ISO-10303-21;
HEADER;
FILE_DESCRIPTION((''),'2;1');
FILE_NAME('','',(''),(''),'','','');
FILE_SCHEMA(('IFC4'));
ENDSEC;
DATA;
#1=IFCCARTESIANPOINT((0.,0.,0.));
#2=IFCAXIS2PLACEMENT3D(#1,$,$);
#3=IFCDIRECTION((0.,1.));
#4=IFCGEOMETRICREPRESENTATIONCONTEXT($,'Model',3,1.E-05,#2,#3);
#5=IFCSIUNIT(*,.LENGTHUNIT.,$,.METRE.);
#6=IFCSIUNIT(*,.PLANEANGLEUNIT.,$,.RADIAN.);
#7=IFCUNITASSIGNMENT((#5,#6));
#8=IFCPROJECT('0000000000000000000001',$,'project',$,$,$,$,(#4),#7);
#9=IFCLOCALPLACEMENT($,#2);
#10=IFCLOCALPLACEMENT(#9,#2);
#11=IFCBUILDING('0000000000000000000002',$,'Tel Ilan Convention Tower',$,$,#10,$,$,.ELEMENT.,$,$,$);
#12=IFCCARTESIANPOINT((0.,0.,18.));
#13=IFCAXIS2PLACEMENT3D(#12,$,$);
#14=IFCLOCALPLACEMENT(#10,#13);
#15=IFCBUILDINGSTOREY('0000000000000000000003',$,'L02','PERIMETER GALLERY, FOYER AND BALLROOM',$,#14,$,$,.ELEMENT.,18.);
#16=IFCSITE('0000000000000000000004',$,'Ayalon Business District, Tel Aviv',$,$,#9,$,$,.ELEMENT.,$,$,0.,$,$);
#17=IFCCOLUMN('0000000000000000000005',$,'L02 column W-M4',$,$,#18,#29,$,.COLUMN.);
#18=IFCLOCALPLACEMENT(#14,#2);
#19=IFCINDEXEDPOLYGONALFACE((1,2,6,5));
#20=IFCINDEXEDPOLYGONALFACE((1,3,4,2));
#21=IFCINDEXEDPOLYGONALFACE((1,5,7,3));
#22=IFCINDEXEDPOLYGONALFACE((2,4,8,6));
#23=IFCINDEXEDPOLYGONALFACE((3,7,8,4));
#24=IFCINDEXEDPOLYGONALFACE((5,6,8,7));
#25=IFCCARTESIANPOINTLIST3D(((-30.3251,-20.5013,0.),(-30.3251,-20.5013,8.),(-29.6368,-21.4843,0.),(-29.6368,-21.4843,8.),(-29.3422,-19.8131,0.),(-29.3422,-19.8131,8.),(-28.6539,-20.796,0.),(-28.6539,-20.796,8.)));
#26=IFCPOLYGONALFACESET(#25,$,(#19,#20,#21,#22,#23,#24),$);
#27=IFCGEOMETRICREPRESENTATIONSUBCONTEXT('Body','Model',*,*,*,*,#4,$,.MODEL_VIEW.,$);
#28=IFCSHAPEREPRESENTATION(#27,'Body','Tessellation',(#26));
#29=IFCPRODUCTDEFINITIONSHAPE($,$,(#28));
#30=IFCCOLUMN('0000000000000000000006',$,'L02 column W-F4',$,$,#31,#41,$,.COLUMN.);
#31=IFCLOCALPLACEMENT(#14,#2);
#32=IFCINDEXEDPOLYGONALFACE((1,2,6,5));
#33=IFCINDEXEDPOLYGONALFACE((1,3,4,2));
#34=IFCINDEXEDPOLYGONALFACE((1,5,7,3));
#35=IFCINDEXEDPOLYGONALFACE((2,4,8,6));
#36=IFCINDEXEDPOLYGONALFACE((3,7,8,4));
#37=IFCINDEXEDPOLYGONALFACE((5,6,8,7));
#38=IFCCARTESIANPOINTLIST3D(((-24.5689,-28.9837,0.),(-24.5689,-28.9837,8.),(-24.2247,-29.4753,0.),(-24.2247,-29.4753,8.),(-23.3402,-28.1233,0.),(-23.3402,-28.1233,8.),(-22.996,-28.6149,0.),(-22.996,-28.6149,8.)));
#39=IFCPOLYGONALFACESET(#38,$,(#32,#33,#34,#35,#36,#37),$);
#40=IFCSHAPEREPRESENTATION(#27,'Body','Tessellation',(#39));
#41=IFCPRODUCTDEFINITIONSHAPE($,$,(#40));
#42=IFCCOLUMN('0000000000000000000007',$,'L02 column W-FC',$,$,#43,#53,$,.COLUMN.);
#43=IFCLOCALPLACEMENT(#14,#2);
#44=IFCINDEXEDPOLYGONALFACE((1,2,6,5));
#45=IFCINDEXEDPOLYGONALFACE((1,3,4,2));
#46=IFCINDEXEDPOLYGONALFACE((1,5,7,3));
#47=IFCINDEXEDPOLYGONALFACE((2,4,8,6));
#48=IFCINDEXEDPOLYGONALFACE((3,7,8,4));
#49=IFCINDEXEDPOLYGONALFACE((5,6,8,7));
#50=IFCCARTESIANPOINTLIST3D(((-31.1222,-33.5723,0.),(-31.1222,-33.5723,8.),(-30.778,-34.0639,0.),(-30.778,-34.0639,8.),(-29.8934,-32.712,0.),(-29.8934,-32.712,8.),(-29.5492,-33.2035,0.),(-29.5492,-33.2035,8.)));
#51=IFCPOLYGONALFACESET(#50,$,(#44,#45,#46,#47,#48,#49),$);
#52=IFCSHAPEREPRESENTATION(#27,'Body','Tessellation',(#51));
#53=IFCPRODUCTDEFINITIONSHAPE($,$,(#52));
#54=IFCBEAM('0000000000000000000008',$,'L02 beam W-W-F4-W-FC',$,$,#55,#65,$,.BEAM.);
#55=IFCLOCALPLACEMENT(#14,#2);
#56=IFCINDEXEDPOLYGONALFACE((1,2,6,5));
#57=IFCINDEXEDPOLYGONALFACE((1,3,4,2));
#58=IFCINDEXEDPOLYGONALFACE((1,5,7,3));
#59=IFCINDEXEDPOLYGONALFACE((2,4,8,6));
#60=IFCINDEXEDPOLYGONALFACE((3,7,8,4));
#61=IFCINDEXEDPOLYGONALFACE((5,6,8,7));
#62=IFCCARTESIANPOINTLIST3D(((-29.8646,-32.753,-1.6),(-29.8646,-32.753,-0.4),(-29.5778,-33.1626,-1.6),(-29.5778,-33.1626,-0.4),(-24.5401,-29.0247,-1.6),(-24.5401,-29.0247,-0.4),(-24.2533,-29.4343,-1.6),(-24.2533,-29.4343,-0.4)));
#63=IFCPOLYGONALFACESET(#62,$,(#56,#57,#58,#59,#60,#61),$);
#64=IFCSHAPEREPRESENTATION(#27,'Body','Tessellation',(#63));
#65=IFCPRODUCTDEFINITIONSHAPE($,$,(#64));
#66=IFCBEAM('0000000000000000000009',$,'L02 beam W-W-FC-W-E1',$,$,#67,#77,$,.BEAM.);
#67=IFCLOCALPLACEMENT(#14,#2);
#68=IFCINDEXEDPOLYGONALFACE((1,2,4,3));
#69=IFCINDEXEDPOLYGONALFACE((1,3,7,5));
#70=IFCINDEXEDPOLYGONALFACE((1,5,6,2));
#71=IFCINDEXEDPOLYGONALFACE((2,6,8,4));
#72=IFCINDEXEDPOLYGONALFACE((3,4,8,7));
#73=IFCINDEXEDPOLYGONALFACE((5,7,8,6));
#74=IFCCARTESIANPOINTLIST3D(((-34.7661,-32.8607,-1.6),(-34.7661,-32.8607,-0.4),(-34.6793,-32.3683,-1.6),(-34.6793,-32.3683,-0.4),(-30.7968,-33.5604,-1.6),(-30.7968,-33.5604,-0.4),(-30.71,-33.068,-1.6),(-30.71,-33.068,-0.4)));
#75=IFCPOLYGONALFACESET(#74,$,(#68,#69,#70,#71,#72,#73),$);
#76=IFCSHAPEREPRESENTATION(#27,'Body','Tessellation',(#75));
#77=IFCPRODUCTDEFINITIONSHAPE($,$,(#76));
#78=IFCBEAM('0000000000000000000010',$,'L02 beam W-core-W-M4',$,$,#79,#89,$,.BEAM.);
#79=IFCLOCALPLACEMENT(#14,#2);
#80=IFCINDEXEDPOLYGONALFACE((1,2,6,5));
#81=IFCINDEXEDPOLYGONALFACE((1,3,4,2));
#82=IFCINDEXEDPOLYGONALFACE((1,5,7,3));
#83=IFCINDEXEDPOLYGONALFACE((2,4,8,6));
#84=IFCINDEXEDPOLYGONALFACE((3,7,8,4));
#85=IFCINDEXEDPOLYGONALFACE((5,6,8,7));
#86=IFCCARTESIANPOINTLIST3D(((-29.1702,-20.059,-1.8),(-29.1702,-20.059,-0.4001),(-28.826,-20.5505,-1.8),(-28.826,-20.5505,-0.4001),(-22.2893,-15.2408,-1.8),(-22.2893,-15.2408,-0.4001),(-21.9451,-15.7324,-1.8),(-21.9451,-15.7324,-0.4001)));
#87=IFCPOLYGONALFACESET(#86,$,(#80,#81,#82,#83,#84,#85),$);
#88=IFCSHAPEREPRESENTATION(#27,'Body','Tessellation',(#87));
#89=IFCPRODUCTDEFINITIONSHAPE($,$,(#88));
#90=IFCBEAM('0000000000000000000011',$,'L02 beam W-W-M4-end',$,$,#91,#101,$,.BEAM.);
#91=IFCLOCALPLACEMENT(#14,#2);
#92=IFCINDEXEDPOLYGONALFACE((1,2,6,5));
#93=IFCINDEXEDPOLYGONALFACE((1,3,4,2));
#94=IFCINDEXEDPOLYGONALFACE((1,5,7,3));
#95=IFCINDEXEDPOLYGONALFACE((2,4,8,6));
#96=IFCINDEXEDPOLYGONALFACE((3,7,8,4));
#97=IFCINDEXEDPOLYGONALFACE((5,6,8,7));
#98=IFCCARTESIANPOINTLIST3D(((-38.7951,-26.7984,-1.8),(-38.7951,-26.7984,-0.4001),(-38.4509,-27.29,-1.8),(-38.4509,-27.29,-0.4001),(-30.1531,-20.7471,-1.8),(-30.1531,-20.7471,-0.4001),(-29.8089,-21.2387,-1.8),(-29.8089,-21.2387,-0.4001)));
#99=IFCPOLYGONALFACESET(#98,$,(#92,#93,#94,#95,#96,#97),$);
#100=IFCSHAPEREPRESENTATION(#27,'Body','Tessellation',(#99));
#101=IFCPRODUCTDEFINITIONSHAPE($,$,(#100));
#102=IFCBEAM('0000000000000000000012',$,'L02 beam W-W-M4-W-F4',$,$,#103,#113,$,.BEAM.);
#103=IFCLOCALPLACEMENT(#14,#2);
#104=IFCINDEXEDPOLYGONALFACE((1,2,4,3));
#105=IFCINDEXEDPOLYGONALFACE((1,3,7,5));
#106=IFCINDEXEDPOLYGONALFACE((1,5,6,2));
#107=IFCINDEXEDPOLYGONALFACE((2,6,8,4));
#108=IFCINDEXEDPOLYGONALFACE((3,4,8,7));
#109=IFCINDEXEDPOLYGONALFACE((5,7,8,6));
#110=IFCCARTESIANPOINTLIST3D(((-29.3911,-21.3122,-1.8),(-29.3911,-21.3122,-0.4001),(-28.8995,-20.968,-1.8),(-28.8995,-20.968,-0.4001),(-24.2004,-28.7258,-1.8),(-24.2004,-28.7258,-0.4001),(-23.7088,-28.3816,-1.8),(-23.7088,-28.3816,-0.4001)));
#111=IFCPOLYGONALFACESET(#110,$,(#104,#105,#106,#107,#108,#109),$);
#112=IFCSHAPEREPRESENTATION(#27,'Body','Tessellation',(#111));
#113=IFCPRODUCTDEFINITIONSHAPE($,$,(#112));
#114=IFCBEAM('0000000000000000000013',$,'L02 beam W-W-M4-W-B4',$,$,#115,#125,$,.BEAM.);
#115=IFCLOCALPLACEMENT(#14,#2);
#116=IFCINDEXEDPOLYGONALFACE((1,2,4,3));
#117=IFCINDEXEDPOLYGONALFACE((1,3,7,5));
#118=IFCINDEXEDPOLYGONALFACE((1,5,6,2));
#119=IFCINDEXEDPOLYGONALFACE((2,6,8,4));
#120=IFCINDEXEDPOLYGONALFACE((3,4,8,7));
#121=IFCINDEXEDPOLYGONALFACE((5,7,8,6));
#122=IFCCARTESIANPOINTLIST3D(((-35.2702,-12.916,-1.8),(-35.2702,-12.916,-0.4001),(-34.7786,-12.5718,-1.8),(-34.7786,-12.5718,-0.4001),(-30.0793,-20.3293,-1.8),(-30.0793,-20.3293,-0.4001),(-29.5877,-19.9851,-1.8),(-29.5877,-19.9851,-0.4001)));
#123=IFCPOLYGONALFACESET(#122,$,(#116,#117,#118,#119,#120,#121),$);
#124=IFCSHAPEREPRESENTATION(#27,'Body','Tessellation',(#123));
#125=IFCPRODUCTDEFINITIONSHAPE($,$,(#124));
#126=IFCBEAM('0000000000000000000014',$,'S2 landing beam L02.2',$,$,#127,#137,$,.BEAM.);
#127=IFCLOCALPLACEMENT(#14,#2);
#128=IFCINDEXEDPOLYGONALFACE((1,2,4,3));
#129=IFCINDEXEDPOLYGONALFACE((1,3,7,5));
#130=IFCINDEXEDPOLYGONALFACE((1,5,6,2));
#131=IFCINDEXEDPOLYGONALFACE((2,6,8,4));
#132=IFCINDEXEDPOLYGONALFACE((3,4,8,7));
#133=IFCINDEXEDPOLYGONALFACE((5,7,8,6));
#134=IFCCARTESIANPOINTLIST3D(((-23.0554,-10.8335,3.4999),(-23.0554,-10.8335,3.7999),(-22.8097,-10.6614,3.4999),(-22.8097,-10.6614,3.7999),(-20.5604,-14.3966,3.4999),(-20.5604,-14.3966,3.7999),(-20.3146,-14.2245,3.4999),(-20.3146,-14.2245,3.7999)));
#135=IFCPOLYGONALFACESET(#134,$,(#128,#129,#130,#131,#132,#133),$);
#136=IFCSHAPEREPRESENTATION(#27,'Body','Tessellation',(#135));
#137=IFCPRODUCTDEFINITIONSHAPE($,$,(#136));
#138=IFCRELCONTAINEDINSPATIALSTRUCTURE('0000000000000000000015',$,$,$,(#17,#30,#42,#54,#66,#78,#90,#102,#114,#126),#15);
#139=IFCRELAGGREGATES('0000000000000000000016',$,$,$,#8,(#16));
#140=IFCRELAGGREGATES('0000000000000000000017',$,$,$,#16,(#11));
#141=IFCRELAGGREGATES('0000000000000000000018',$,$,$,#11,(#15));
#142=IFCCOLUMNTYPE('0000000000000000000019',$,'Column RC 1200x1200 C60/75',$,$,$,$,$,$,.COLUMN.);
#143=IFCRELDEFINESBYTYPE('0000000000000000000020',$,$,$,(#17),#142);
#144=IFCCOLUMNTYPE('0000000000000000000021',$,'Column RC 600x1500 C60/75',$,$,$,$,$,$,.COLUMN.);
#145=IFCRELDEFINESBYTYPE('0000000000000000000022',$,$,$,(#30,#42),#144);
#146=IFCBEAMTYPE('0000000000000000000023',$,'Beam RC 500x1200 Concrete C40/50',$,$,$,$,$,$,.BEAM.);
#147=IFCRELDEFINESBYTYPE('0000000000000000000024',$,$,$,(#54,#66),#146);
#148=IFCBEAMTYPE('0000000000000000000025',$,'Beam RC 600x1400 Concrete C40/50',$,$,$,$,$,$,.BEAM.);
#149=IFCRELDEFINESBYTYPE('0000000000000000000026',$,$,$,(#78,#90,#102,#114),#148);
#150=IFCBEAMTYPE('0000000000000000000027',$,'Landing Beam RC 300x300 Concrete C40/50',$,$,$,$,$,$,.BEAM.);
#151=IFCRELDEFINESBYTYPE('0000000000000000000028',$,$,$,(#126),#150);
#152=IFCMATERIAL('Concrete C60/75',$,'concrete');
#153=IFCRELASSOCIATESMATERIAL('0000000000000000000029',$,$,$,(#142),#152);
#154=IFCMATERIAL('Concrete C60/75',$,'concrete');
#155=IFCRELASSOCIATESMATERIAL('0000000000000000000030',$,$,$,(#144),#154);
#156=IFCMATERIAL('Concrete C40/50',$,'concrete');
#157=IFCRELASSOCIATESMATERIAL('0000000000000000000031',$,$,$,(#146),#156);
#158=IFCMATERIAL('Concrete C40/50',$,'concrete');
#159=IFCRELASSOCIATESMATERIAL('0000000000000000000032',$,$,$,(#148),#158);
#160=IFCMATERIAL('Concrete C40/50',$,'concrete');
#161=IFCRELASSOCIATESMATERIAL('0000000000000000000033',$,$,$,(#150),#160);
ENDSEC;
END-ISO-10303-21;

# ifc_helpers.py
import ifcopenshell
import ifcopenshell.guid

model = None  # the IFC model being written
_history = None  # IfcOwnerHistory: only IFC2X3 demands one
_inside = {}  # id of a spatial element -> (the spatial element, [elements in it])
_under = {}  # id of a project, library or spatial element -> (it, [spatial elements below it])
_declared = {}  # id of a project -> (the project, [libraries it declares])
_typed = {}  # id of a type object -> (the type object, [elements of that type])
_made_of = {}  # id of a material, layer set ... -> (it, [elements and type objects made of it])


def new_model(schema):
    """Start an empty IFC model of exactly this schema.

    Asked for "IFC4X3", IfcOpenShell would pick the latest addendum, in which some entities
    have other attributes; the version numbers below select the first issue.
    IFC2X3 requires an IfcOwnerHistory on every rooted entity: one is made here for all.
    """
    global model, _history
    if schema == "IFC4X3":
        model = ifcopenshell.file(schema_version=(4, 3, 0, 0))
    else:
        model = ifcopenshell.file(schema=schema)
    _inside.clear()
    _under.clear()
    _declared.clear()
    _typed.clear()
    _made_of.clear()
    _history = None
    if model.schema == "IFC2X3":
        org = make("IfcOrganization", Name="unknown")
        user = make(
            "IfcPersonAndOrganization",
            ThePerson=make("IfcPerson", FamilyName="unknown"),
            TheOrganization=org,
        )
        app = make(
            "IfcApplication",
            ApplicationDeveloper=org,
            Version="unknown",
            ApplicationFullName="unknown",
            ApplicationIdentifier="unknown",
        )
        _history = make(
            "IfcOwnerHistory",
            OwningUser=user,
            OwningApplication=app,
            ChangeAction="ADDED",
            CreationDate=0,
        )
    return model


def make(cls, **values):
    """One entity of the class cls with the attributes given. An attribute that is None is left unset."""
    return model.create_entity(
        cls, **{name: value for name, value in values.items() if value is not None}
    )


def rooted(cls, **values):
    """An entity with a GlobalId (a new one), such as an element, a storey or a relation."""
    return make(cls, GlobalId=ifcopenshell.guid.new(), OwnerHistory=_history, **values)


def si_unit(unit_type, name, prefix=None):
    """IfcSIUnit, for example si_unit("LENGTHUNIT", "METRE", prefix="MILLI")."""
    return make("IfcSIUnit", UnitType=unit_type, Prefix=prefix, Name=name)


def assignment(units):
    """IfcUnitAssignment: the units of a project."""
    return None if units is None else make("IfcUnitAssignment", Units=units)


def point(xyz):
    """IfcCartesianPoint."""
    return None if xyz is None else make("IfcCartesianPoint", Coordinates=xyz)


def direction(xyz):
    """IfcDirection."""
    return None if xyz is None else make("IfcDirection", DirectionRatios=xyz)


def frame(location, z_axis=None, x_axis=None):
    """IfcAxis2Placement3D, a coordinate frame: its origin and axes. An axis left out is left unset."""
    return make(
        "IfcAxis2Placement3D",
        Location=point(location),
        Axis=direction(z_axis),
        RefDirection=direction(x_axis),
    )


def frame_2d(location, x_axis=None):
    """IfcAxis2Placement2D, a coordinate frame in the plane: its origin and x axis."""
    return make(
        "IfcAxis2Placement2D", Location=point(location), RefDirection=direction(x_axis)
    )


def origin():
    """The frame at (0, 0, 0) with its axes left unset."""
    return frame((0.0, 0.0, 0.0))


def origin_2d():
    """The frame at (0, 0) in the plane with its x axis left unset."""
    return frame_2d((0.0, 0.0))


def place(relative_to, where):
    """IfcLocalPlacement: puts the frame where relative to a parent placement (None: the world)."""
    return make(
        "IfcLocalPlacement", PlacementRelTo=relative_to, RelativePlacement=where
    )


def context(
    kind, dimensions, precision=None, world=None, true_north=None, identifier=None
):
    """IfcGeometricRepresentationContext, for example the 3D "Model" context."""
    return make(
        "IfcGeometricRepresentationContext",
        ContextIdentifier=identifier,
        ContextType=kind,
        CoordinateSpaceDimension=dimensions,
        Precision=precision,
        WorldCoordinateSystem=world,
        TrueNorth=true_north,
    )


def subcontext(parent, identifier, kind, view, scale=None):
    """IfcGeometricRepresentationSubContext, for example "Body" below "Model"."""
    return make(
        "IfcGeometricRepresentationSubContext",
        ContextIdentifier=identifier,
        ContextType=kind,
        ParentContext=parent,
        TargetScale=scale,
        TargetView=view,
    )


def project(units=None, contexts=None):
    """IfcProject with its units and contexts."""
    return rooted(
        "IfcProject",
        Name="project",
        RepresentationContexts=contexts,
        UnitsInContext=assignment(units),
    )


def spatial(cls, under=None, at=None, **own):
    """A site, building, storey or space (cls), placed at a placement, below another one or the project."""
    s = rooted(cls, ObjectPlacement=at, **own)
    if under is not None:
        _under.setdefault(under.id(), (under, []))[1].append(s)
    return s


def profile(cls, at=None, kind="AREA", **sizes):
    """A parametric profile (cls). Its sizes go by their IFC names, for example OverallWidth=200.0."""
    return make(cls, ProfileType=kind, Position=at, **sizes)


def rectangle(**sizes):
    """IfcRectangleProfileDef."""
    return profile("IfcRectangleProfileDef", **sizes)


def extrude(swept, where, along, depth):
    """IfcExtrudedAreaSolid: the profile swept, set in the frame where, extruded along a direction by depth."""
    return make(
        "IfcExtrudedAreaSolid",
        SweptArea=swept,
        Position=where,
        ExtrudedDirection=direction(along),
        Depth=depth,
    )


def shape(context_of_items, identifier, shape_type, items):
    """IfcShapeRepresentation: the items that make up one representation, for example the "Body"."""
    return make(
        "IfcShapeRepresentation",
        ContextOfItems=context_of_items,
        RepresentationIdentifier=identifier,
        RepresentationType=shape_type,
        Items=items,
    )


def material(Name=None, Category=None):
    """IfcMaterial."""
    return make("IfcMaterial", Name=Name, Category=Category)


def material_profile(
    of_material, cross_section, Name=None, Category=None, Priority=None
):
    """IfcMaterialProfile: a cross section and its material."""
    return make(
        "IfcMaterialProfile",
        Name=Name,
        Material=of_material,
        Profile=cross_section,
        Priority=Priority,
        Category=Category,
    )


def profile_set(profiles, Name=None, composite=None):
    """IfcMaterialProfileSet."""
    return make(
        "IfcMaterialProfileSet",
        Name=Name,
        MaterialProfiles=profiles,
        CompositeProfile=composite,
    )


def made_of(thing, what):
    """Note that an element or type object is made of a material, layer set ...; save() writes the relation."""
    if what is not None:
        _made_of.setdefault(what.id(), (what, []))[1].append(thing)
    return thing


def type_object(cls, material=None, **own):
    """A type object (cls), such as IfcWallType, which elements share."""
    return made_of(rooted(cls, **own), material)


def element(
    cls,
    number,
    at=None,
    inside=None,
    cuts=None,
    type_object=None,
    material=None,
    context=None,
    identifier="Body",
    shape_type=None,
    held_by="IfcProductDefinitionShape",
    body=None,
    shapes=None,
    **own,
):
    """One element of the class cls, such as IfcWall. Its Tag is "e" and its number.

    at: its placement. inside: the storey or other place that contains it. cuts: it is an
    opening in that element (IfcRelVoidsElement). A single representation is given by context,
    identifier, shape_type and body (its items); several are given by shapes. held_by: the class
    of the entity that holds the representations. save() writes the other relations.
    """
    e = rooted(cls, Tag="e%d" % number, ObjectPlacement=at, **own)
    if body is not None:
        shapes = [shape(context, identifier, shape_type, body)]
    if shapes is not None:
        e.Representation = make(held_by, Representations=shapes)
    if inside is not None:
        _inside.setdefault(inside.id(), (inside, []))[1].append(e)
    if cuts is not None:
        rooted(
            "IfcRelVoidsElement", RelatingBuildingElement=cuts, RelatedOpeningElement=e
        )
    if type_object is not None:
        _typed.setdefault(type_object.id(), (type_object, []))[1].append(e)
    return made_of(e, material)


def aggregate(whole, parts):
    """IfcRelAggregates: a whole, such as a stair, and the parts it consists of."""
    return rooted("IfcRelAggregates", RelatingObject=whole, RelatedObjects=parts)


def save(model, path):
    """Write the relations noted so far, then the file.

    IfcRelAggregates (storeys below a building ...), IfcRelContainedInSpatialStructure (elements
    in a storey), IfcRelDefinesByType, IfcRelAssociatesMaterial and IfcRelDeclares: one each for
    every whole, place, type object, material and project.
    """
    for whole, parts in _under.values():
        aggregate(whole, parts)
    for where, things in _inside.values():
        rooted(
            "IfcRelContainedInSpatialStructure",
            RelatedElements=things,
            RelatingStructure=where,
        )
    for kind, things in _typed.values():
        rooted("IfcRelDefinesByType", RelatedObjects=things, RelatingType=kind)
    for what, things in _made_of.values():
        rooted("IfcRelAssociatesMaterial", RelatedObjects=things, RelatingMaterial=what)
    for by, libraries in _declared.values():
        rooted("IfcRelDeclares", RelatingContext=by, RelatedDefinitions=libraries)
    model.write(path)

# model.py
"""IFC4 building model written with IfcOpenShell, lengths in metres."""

from ifc_helpers import new_model, si_unit, direction, frame, origin, origin_2d, place, context, subcontext, project, spatial, rectangle, extrude, material, material_profile, profile_set, type_object, element, save


model = new_model("IFC4")

# Units and contexts
model_context = context("Model", 3, precision=1e-05, world=origin(), true_north=direction((0.0, 1.0)))
body_context = subcontext(model_context, "Body", "Model", "MODEL_VIEW")
ifc_project = project(units=[si_unit("LENGTHUNIT", "METRE"), si_unit("PLANEANGLEUNIT", "RADIAN")], contexts=[model_context])

# Site, building, storey
site_placement = place(None, origin())
site = spatial("IfcSite", under=ifc_project, at=site_placement, Name="Ayalon Business District, Tel Aviv", CompositionType="ELEMENT", RefElevation=0.0)
building_placement = place(site_placement, origin())
building = spatial("IfcBuilding", under=site, at=building_placement, Name="Tel Ilan Convention Tower", CompositionType="ELEMENT")
storey_placement = place(building_placement, frame((0.0, 0.0, 18.0)))
storey = spatial("IfcBuildingStorey", under=building, at=storey_placement, Name="L02", Description="PERIMETER GALLERY, FOYER AND BALLROOM", CompositionType="ELEMENT", Elevation=18.0)

# Columns
ifc_material_1 = material(Name="Concrete C60/75", Category="concrete")
ifc_material_profile_1 = material_profile(ifc_material_1, rectangle(XDim=1.2, YDim=1.2, at=origin_2d()), Name="RC 1200x1200")
ifc_profile_set_1 = profile_set([ifc_material_profile_1], Name="Concrete C60/75")
column_type_1 = type_object("IfcColumnType", Name="Column RC 1200x1200 C60/75", PredefinedType="COLUMN", material=ifc_profile_set_1)
column_placement = place(storey_placement, frame((-29.4895, -20.6487, 0.0), z_axis=(0.0, 0.0, 1.0), x_axis=(-0.819152, -0.573576, 0.0)))
element("IfcColumn", 1, at=column_placement, inside=storey, type_object=column_type_1, Name="L02 column W-M4", PredefinedType="COLUMN", context=body_context, shape_type="SweptSolid", body=[
    extrude(rectangle(XDim=1.2, YDim=1.2, at=origin_2d()), origin(), (0.0, 0.0, 1.0), 8.0),
])
ifc_material_2 = material(Name="Concrete C60/75", Category="concrete")
ifc_material_profile_2 = material_profile(ifc_material_2, rectangle(XDim=1.5, YDim=0.6001, at=origin_2d()), Name="RC 600x1500")
ifc_profile_set_2 = profile_set([ifc_material_profile_2], Name="Concrete C60/75")
column_type_2 = type_object("IfcColumnType", Name="Column RC 600x1500 C60/75", PredefinedType="COLUMN", material=ifc_profile_set_2)
for number, where, z_axis, x_axis, name in (
    (2, (-23.7825, -28.7993, 0.0), (0.0, 0.0, 1.0), (-0.819152, -0.573576, 0.0), "L02 column W-F4"),
    (3, (-30.3357, -33.3879, 0.0), (0.0, 0.0, 1.0), (-0.819152, -0.573576, 0.0), "L02 column W-FC"),
):
    element("IfcColumn", number, at=place(storey_placement, frame(where, z_axis=z_axis, x_axis=x_axis)), inside=storey, type_object=column_type_2, Name=name, PredefinedType="COLUMN", context=body_context, shape_type="SweptSolid", body=[
        extrude(rectangle(XDim=1.5, YDim=0.6001, at=origin_2d()), origin(), (0.0, 0.0, 1.0), 8.0),
    ])

# Beams
ifc_material_3 = material(Name="Concrete C40/50", Category="concrete")
ifc_material_profile_3 = material_profile(ifc_material_3, rectangle(XDim=0.5, YDim=1.2, at=origin_2d()), Name="RC 500x1200")
ifc_profile_set_3 = profile_set([ifc_material_profile_3], Name="Concrete C40/50")
beam_type_1 = type_object("IfcBeamType", Name="Beam RC 500x1200 Concrete C40/50", PredefinedType="BEAM", material=ifc_profile_set_3)
beam_1_placement = place(storey_placement, frame((-24.3967, -29.2295, -1.0), z_axis=(-0.819149, -0.573581, 0.0), x_axis=(0.573581, -0.819149, 0.0)))
element("IfcBeam", 4, at=beam_1_placement, inside=storey, type_object=beam_type_1, Name="L02 beam W-W-F4-W-FC", PredefinedType="BEAM", context=body_context, shape_type="SweptSolid", body=[
    extrude(rectangle(XDim=0.5, YDim=1.2, at=origin_2d()), origin(), (0.0, 0.0, 1.0), 6.5),
])
beam_2_placement = place(storey_placement, frame((-30.7534, -33.3142, -1.0), z_axis=(-0.984815, 0.173606, 0.0), x_axis=(-0.173606, -0.984815, 0.0)))
element("IfcBeam", 5, at=beam_2_placement, inside=storey, type_object=beam_type_1, Name="L02 beam W-W-FC-W-E1", PredefinedType="BEAM", context=body_context, shape_type="SweptSolid", body=[
    extrude(rectangle(XDim=0.5, YDim=1.2, at=origin_2d()), origin(), (0.0, 0.0, 1.0), 4.0305),
])
ifc_material_4 = material(Name="Concrete C40/50", Category="concrete")
ifc_material_profile_4 = material_profile(ifc_material_4, rectangle(XDim=0.6001, YDim=1.3999, at=origin_2d()), Name="RC 600x1400")
ifc_profile_set_4 = profile_set([ifc_material_profile_4], Name="Concrete C40/50")
beam_type_2 = type_object("IfcBeamType", Name="Beam RC 600x1400 Concrete C40/50", PredefinedType="BEAM", material=ifc_profile_set_4)
beam_3_placement = place(storey_placement, frame((-22.1172, -15.4866, -1.1001), z_axis=(-0.819147, -0.573583, 0.0), x_axis=(0.573583, -0.819147, 0.0)))
element("IfcBeam", 6, at=beam_3_placement, inside=storey, type_object=beam_type_2, Name="L02 beam W-core-W-M4", PredefinedType="BEAM", context=body_context, shape_type="SweptSolid", body=[
    extrude(rectangle(XDim=0.6001, YDim=1.3999, at=origin_2d()), origin(), (0.0, 0.0, 1.0), 8.4001),
])
beam_4_placement = place(storey_placement, frame((-29.981, -20.9929, -1.1001), z_axis=(-0.819151, -0.573577, 0.0), x_axis=(0.573577, -0.819151, 0.0)))
element("IfcBeam", 7, at=beam_4_placement, inside=storey, type_object=beam_type_2, Name="L02 beam W-W-M4-end", PredefinedType="BEAM", context=body_context, shape_type="SweptSolid", body=[
    extrude(rectangle(XDim=0.6001, YDim=1.3999, at=origin_2d()), origin(), (0.0, 0.0, 1.0), 10.55),
])
for number, where, z_axis, x_axis, name in (
    (8, (-29.1453, -21.1401, -1.1001), (0.573549, -0.819171, 0.0), (0.819171, 0.573549, 0.0), "L02 beam W-W-M4-W-F4"),
    (9, (-29.8335, -20.1572, -1.1001), (-0.57358, 0.81915, 0.0), (-0.81915, -0.57358, 0.0), "L02 beam W-W-M4-W-B4"),
):
    element("IfcBeam", number, at=place(storey_placement, frame(where, z_axis=z_axis, x_axis=x_axis)), inside=storey, type_object=beam_type_2, Name=name, PredefinedType="BEAM", context=body_context, shape_type="SweptSolid", body=[
        extrude(rectangle(XDim=0.6001, YDim=1.3999, at=origin_2d()), origin(), (0.0, 0.0, 1.0), 9.05),
    ])
ifc_material_5 = material(Name="Concrete C40/50", Category="concrete")
ifc_material_profile_5 = material_profile(ifc_material_5, rectangle(XDim=0.3, YDim=0.3, at=origin_2d()), Name="RC 300x300")
ifc_profile_set_5 = profile_set([ifc_material_profile_5], Name="Concrete C40/50")
beam_type_3 = type_object("IfcBeamType", Name="Landing Beam RC 300x300 Concrete C40/50", PredefinedType="BEAM", material=ifc_profile_set_5)
beam_5_placement = place(storey_placement, frame((-20.4375, -14.3105, 3.6499), z_axis=(-0.573594, 0.81914, 0.0), x_axis=(-0.81914, -0.573594, 0.0)))
element("IfcBeam", 10, at=beam_5_placement, inside=storey, type_object=beam_type_3, Name="S2 landing beam L02.2", PredefinedType="BEAM", context=body_context, shape_type="SweptSolid", body=[
    extrude(rectangle(XDim=0.3, YDim=0.3, at=origin_2d()), origin(), (0.0, 0.0, 1.0), 4.3499),
])

save(model, "model.ifc")
